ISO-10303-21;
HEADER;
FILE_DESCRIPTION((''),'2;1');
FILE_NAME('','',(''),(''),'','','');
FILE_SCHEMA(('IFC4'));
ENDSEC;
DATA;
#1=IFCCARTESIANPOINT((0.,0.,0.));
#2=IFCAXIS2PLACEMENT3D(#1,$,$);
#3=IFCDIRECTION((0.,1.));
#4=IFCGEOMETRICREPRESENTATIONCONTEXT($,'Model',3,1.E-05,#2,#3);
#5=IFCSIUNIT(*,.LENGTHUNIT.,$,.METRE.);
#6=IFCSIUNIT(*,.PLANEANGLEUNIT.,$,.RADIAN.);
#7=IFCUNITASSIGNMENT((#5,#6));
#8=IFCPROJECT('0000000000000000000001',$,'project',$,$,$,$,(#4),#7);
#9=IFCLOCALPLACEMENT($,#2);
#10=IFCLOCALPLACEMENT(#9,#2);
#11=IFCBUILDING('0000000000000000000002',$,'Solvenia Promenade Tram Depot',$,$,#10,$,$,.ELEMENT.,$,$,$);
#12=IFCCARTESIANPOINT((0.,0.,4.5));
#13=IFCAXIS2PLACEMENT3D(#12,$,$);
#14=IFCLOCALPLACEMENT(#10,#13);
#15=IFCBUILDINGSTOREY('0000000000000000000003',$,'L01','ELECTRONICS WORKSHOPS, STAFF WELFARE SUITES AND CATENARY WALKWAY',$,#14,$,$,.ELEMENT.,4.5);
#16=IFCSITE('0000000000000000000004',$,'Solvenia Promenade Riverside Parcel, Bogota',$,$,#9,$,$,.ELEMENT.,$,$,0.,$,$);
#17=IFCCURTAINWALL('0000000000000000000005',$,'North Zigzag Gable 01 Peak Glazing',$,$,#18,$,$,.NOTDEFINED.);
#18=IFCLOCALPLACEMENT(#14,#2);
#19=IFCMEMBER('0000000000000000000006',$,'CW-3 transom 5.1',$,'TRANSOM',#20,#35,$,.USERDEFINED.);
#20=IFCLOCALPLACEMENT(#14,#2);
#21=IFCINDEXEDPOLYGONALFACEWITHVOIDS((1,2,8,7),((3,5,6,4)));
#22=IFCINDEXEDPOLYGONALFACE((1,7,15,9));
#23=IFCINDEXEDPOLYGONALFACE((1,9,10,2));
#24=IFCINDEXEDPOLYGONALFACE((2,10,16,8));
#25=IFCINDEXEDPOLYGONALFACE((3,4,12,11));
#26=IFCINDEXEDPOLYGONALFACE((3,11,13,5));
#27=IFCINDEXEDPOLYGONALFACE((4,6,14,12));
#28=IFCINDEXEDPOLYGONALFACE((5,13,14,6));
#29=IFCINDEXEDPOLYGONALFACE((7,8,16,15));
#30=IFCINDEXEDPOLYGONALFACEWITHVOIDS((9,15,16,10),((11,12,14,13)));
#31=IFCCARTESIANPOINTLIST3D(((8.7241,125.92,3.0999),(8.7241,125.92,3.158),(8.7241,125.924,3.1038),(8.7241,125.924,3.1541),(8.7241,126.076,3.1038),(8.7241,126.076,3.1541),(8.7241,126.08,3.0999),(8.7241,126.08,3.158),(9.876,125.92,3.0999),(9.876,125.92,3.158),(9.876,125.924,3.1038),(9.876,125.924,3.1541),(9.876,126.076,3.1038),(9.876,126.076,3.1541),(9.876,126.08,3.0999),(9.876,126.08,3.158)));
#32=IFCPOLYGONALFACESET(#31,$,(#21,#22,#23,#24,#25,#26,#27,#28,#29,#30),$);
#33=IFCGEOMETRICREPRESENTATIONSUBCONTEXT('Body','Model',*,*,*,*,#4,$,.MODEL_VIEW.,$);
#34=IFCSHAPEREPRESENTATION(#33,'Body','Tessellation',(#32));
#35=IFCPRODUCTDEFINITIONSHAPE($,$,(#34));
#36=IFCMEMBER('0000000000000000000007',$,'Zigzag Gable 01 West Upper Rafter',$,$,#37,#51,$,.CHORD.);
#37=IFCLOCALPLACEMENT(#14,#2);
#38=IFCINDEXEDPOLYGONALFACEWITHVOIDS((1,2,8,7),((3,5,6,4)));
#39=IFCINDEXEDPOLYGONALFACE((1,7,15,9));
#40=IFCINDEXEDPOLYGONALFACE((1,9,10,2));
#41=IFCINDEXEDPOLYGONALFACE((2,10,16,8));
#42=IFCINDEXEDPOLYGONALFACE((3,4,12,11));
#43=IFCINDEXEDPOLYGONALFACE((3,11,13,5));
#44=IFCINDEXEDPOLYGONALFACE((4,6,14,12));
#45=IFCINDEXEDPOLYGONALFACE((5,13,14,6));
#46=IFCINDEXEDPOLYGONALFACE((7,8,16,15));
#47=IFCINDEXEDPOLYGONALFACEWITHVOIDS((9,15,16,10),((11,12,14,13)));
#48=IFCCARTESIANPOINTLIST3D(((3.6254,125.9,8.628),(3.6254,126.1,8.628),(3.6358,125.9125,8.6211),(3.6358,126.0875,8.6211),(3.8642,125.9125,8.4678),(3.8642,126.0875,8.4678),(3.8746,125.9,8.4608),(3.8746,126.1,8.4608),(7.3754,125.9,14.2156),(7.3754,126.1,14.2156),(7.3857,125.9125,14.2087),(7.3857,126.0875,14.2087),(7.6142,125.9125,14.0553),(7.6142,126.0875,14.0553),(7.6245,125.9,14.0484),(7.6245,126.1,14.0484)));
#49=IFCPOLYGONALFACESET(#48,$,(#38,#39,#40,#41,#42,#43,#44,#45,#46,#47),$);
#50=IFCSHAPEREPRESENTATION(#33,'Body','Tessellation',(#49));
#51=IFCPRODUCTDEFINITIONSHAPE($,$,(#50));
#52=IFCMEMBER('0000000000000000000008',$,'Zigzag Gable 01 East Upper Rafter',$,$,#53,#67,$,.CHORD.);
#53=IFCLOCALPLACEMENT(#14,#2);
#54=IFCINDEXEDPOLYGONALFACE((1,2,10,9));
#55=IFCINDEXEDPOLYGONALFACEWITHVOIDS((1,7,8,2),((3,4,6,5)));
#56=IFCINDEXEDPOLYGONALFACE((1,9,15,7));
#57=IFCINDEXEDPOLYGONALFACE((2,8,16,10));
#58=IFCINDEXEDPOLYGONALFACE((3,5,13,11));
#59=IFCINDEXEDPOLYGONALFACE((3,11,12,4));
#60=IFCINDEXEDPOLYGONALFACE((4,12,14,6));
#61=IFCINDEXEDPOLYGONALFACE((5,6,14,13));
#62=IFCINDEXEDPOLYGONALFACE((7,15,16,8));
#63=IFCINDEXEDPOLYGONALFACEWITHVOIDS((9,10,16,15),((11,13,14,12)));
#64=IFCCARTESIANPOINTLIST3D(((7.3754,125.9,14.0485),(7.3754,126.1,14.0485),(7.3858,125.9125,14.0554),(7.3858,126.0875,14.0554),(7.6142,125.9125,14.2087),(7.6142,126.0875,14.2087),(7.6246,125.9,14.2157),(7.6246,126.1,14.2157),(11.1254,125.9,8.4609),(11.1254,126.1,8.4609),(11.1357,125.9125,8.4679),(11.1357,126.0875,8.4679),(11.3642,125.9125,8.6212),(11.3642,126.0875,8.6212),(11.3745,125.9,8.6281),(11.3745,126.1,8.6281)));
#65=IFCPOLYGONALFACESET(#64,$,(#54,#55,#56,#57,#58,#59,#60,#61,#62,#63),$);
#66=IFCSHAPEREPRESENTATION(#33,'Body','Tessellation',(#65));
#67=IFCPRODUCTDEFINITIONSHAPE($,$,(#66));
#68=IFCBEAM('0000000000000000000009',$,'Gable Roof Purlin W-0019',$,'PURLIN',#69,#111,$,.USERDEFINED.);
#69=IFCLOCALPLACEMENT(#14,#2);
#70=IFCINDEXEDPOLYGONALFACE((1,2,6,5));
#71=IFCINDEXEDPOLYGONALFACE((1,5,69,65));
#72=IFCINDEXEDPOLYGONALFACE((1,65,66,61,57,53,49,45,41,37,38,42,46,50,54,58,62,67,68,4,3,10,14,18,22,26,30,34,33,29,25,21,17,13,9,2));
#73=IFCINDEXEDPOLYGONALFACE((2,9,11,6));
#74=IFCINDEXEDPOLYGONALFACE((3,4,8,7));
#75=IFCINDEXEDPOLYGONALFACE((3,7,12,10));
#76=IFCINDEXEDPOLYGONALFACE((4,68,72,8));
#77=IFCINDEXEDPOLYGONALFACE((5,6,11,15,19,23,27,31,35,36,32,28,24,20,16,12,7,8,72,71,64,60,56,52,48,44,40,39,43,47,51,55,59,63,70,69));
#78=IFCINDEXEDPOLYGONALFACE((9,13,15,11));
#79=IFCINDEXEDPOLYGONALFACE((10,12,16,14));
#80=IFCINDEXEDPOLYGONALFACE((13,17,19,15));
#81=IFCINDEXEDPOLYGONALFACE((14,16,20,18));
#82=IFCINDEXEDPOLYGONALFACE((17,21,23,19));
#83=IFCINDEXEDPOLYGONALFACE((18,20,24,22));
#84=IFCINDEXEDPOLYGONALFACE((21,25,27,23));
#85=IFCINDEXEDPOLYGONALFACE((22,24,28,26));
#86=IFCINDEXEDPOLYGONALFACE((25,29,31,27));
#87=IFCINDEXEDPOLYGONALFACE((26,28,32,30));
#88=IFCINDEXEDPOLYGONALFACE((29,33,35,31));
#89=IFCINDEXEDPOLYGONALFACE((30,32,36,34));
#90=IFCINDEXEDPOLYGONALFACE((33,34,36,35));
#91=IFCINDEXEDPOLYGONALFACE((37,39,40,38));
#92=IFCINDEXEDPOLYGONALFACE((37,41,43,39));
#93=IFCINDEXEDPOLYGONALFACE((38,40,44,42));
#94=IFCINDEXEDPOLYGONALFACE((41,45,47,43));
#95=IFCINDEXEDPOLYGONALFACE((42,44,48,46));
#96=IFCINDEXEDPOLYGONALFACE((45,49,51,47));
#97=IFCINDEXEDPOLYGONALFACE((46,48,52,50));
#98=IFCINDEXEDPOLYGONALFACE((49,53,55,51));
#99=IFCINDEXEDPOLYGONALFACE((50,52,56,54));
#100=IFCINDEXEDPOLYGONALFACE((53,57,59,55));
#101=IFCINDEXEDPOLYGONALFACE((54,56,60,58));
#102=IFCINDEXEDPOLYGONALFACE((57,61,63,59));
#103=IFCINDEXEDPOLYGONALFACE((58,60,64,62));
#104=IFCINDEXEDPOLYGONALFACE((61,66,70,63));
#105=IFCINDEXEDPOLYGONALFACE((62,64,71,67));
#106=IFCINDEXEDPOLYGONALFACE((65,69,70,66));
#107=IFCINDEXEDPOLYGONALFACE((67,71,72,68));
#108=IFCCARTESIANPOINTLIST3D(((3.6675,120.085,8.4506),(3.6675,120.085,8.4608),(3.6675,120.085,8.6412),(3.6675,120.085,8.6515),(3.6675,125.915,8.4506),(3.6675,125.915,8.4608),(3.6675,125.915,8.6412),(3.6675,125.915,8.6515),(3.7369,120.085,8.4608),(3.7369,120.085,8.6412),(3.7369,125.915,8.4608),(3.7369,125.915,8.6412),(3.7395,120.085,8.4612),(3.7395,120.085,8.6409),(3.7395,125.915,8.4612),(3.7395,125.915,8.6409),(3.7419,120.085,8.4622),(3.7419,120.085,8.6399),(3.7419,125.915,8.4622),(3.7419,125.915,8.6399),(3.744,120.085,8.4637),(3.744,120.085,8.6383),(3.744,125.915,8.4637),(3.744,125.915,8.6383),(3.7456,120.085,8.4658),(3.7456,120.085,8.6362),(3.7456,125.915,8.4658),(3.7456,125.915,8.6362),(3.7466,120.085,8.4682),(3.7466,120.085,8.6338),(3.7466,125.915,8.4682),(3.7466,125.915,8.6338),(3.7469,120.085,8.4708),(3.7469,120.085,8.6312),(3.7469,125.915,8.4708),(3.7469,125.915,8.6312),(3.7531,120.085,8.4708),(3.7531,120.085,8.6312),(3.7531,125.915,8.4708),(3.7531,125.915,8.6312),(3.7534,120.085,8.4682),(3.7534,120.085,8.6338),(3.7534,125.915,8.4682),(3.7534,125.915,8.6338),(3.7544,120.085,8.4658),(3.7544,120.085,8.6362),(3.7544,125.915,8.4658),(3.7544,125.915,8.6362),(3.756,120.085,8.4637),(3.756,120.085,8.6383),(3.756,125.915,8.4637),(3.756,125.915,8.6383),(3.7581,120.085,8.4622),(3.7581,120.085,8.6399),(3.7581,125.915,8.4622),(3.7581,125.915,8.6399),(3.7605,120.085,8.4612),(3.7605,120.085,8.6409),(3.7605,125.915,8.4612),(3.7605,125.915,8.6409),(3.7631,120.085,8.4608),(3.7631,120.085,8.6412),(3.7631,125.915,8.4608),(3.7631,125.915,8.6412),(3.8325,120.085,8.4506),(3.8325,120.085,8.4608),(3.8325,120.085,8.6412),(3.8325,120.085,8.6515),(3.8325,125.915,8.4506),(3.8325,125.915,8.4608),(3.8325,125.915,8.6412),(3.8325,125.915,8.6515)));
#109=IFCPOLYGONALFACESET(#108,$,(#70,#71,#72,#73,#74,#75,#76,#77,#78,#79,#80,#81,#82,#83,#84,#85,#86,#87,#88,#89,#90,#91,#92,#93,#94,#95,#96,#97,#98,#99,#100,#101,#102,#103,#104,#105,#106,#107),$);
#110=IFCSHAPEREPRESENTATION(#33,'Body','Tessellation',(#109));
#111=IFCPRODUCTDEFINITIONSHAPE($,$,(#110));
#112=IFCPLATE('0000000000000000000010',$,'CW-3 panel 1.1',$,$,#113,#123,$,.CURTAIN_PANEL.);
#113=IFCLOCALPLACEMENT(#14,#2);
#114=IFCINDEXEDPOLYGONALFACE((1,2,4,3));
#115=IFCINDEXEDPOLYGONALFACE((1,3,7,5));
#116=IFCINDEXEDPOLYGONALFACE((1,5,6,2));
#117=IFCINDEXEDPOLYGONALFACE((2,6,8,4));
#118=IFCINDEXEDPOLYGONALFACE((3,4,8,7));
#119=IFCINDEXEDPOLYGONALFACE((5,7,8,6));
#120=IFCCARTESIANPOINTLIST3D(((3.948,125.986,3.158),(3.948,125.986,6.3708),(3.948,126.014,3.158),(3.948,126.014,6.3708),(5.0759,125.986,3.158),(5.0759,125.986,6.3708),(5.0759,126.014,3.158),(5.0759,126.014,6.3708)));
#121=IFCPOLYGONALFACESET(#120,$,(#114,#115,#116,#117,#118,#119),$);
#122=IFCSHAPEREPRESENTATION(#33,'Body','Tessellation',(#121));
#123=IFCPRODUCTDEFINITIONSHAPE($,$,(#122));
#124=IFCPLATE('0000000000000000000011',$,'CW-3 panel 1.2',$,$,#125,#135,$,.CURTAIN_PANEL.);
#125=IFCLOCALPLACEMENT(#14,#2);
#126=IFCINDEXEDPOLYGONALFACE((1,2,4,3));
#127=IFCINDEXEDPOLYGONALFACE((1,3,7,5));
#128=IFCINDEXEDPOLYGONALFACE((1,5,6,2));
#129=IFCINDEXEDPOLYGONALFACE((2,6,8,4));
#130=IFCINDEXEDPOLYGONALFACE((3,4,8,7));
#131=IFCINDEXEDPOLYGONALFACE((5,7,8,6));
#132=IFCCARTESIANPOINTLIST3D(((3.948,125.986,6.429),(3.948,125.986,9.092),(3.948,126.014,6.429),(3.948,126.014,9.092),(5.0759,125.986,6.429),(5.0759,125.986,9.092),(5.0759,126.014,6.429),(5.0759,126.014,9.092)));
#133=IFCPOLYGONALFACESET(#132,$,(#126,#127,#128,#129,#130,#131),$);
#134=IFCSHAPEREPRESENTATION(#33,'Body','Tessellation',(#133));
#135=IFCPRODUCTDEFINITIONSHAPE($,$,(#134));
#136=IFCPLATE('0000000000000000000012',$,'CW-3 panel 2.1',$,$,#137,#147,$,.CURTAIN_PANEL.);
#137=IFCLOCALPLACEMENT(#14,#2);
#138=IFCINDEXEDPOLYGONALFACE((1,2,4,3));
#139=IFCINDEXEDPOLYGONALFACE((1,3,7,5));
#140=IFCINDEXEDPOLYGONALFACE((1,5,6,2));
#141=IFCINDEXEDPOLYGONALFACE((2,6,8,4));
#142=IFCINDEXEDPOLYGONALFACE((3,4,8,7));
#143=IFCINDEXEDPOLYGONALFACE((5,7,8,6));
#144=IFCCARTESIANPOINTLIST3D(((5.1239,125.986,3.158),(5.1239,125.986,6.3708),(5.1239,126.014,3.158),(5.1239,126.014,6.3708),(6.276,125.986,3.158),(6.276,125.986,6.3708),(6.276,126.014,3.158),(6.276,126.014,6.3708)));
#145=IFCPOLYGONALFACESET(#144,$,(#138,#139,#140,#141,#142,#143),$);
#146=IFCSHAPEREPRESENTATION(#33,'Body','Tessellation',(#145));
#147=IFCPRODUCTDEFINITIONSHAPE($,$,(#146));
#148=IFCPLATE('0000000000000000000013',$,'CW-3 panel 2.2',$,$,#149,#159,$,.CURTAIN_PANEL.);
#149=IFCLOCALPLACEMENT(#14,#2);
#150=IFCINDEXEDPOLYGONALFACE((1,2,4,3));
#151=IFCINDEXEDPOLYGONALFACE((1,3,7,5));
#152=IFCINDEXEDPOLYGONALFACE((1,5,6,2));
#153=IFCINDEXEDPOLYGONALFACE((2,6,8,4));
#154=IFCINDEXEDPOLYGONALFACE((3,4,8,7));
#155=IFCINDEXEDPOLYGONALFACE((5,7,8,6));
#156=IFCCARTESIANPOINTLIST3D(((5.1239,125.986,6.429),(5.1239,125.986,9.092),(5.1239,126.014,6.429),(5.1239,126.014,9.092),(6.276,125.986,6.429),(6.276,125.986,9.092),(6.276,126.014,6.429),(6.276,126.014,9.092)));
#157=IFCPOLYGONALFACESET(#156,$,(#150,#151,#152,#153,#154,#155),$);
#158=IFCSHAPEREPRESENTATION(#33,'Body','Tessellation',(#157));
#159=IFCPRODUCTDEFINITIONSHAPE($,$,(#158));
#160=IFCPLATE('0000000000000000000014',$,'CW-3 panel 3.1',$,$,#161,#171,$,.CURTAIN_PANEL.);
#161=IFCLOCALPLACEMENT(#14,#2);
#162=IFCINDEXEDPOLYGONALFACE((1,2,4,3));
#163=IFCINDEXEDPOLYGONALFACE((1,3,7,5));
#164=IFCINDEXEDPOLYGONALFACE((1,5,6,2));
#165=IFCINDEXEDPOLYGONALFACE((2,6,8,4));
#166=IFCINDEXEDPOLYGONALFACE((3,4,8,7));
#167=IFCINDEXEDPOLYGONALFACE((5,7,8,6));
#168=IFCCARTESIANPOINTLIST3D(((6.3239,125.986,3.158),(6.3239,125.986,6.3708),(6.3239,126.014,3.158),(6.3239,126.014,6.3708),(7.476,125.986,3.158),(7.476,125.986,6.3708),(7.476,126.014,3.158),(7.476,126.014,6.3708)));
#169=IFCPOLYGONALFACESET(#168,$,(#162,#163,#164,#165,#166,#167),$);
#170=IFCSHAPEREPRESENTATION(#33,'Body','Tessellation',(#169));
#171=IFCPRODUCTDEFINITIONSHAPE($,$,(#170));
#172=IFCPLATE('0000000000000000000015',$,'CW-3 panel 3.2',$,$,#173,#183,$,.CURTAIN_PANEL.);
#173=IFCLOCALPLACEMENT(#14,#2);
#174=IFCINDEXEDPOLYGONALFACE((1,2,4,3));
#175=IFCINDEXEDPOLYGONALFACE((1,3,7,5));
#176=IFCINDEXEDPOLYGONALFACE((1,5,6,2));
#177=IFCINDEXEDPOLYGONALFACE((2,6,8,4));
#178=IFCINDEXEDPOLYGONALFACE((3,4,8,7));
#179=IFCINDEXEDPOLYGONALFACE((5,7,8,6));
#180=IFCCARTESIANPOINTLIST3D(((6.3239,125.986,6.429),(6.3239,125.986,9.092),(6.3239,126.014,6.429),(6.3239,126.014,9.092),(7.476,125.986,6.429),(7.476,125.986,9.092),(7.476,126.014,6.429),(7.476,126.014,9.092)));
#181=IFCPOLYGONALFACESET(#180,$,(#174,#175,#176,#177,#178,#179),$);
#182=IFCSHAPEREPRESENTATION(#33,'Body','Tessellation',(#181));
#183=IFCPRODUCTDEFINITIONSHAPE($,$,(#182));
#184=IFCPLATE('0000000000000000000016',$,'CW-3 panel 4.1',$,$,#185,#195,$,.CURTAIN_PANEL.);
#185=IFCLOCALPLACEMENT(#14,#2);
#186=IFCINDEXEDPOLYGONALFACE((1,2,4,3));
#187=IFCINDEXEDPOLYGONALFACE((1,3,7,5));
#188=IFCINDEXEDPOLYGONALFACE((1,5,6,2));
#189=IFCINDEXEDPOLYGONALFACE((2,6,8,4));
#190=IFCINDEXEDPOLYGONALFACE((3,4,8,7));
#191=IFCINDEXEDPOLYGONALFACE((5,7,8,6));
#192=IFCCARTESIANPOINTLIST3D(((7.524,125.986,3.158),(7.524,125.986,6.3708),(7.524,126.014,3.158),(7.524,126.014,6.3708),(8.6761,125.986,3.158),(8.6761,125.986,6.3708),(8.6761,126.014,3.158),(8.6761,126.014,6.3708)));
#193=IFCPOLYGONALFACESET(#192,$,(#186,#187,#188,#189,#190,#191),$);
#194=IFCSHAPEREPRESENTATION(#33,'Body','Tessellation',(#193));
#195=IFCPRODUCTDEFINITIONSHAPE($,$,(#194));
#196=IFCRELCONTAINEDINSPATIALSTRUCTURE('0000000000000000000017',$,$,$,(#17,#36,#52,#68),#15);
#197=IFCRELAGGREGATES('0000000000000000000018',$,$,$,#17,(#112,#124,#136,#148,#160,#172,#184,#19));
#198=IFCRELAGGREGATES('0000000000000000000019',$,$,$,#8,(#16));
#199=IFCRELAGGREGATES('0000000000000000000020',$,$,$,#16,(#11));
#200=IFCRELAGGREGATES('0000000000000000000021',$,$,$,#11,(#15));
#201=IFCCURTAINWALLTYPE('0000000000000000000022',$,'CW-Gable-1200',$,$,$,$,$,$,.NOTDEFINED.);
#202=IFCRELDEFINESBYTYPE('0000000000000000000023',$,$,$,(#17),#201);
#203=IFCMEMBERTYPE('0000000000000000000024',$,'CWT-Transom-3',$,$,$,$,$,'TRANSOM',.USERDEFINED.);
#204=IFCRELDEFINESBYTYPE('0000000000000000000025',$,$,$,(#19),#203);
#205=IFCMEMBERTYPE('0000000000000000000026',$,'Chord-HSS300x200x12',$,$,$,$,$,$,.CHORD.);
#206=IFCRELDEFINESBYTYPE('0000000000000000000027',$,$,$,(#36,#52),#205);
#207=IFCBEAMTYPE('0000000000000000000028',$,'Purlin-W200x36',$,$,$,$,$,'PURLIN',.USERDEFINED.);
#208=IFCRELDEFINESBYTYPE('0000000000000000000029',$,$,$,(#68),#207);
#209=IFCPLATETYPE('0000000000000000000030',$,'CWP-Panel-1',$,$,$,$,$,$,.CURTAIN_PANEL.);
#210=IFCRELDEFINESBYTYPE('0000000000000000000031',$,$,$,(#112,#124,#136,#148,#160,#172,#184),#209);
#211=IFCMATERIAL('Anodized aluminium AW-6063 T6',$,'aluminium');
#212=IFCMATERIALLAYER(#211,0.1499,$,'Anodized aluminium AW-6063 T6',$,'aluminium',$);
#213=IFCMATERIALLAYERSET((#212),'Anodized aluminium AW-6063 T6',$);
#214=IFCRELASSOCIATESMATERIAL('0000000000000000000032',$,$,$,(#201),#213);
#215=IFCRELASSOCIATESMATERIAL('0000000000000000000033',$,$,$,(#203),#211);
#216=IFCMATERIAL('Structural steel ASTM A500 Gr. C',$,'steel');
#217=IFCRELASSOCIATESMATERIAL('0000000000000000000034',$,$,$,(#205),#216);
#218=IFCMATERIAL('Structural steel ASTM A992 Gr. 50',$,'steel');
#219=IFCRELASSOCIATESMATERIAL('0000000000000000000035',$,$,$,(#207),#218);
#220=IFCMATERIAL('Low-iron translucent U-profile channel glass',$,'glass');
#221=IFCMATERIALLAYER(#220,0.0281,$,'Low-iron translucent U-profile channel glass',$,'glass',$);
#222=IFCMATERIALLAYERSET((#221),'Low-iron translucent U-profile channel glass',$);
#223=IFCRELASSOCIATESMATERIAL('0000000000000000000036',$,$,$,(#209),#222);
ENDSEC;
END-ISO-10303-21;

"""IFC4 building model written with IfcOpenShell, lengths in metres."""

from ifc_helpers import new_model, si_unit, direction, frame, origin, origin_2d, place, context, subcontext, project, spatial, rectangle, hollow_rectangle, i_section, extrude, material, layer, layer_set, material_profile, profile_set, type_object, element, aggregate, save


model = new_model("IFC4")

# Units and contexts
model_context = context("Model", 3, precision=1e-05, world=origin(), true_north=direction((0.0, 1.0)))
body_context = subcontext(model_context, "Body", "Model", "MODEL_VIEW")
ifc_project = project(units=[si_unit("LENGTHUNIT", "METRE"), si_unit("PLANEANGLEUNIT", "RADIAN")], contexts=[model_context])

# Site, building, storey
site_placement = place(None, origin())
site = spatial("IfcSite", under=ifc_project, at=site_placement, Name="Solvenia Promenade Riverside Parcel, Bogota", CompositionType="ELEMENT", RefElevation=0.0)
building_placement = place(site_placement, origin())
building = spatial("IfcBuilding", under=site, at=building_placement, Name="Solvenia Promenade Tram Depot", CompositionType="ELEMENT")
storey_placement = place(building_placement, frame((0.0, 0.0, 4.5)))
storey = spatial("IfcBuildingStorey", under=building, at=storey_placement, Name="L01", Description="ELECTRONICS WORKSHOPS, STAFF WELFARE SUITES AND CATENARY WALKWAY", CompositionType="ELEMENT", Elevation=4.5)

# Curtain wall, member
ifc_material_1 = material(Name="Anodized aluminium AW-6063 T6", Category="aluminium")
ifc_layer_1 = layer(ifc_material_1, 0.1499, Name="Anodized aluminium AW-6063 T6", Category="aluminium")
ifc_layer_set_1 = layer_set([ifc_layer_1], Name="Anodized aluminium AW-6063 T6")
curtain_wall_type = type_object("IfcCurtainWallType", Name="CW-Gable-1200", PredefinedType="NOTDEFINED", material=ifc_layer_set_1)
curtain_wall_placement = place(storey_placement, origin())
curtain_wall = element("IfcCurtainWall", 1, at=curtain_wall_placement, inside=storey, type_object=curtain_wall_type, Name="North Zigzag Gable 01 Peak Glazing", PredefinedType="NOTDEFINED")
ifc_material_profile_1 = material_profile(ifc_material_1, hollow_rectangle(XDim=0.1599, YDim=0.0581, WallThickness=0.0039, at=origin_2d()), Name="ALU-T3", Category="aluminium")
ifc_profile_set_1 = profile_set([ifc_material_profile_1], Name="Anodized aluminium AW-6063 T6")
member_type_1 = type_object("IfcMemberType", Name="CWT-Transom-3", ElementType="TRANSOM", PredefinedType="USERDEFINED", material=ifc_profile_set_1)
member_1_placement = place(storey_placement, frame((8.7241, 126.0, 3.1289), z_axis=(1.0, 0.0, 0.0), x_axis=(0.0, 1.0, 0.0)))
member_1 = element("IfcMember", 2, at=member_1_placement, type_object=member_type_1, Name="CW-3 transom 5.1", ObjectType="TRANSOM", PredefinedType="USERDEFINED", context=body_context, shape_type="SweptSolid", body=[
    extrude(hollow_rectangle(XDim=0.1599, YDim=0.0581, WallThickness=0.0039, at=origin_2d()), origin(), (0.0, 0.0, 1.0), 1.1519),
])

# Members
ifc_material_2 = material(Name="Structural steel ASTM A500 Gr. C", Category="steel")
ifc_material_profile_2 = material_profile(ifc_material_2, hollow_rectangle(XDim=0.2, YDim=0.3, WallThickness=0.0125, at=origin_2d()), Name="HSS300x200x12.5", Category="steel")
ifc_profile_set_2 = profile_set([ifc_material_profile_2], Name="Structural steel ASTM A500 Gr. C")
member_type_2 = type_object("IfcMemberType", Name="Chord-HSS300x200x12", PredefinedType="CHORD", material=ifc_profile_set_2)
for number, where, z_axis, x_axis, name in (
    (3, (3.75, 126.0, 8.5444), (0.557259, 0.0, 0.830338), (0.0, 1.0, 0.0), "Zigzag Gable 01 West Upper Rafter"),
    (4, (7.5, 126.0, 14.1321), (0.557259, 0.0, -0.830338), (0.0, 1.0, 0.0), "Zigzag Gable 01 East Upper Rafter"),
):
    element("IfcMember", number, at=place(storey_placement, frame(where, z_axis=z_axis, x_axis=x_axis)), inside=storey, type_object=member_type_2, Name=name, PredefinedType="CHORD", context=body_context, shape_type="SweptSolid", body=[
        extrude(hollow_rectangle(XDim=0.2, YDim=0.3, WallThickness=0.0125, at=origin_2d()), origin(), (0.0, 0.0, 1.0), 6.7292),
    ])

# Beam
ifc_material_3 = material(Name="Structural steel ASTM A992 Gr. 50", Category="steel")
ifc_material_profile_3 = material_profile(ifc_material_3, i_section(OverallWidth=0.165, OverallDepth=0.2009, WebThickness=0.0061, FlangeThickness=0.0103, FilletRadius=0.01, at=origin_2d()), Name="W200x36", Category="steel")
ifc_profile_set_3 = profile_set([ifc_material_profile_3], Name="Structural steel ASTM A992 Gr. 50")
beam_type = type_object("IfcBeamType", Name="Purlin-W200x36", ElementType="PURLIN", PredefinedType="USERDEFINED", material=ifc_profile_set_3)
beam_placement = place(storey_placement, frame((3.75, 120.085, 8.551), z_axis=(0.0, 1.0, 0.0), x_axis=(-1.0, 0.0, 0.0)))
element("IfcBeam", 5, at=beam_placement, inside=storey, type_object=beam_type, Name="Gable Roof Purlin W-0019", ObjectType="PURLIN", PredefinedType="USERDEFINED", context=body_context, shape_type="SweptSolid", body=[
    extrude(i_section(OverallWidth=0.165, OverallDepth=0.2009, WebThickness=0.0061, FlangeThickness=0.0103, FilletRadius=0.01, at=origin_2d()), origin(), (0.0, 0.0, 1.0), 5.8301),
])

# Plates
ifc_material_4 = material(Name="Low-iron translucent U-profile channel glass", Category="glass")
ifc_layer_2 = layer(ifc_material_4, 0.0281, Name="Low-iron translucent U-profile channel glass", Category="glass")
ifc_layer_set_2 = layer_set([ifc_layer_2], Name="Low-iron translucent U-profile channel glass")
plate_type_1 = type_object("IfcPlateType", Name="CWP-Panel-1", PredefinedType="CURTAIN_PANEL", material=ifc_layer_set_2)
plate_1_placement = place(storey_placement, frame((4.512, 126.0, 3.158), z_axis=(0.0, 0.0, 1.0), x_axis=(1.0, 0.0, 0.0)))
plate_1 = element("IfcPlate", 6, at=plate_1_placement, type_object=plate_type_1, Name="CW-3 panel 1.1", PredefinedType="CURTAIN_PANEL", context=body_context, shape_type="SweptSolid", body=[
    extrude(rectangle(XDim=1.1279, YDim=0.0281, at=origin_2d()), origin(), (0.0, 0.0, 1.0), 3.2129),
])
plate_2_placement = place(storey_placement, frame((4.512, 126.0, 6.429), z_axis=(0.0, 0.0, 1.0), x_axis=(1.0, 0.0, 0.0)))
plate_2 = element("IfcPlate", 7, at=plate_2_placement, type_object=plate_type_1, Name="CW-3 panel 1.2", PredefinedType="CURTAIN_PANEL", context=body_context, shape_type="SweptSolid", body=[
    extrude(rectangle(XDim=1.1279, YDim=0.0281, at=origin_2d()), origin(), (0.0, 0.0, 1.0), 2.6631),
])
plate_3_placement = place(storey_placement, frame((5.7, 126.0, 3.158), z_axis=(0.0, 0.0, 1.0), x_axis=(1.0, 0.0, 0.0)))
plate_3 = element("IfcPlate", 8, at=plate_3_placement, type_object=plate_type_1, Name="CW-3 panel 2.1", PredefinedType="CURTAIN_PANEL", context=body_context, shape_type="SweptSolid", body=[
    extrude(rectangle(XDim=1.1521, YDim=0.0281, at=origin_2d()), origin(), (0.0, 0.0, 1.0), 3.2129),
])
plate_4_placement = place(storey_placement, frame((5.7, 126.0, 6.429), z_axis=(0.0, 0.0, 1.0), x_axis=(1.0, 0.0, 0.0)))
plate_4 = element("IfcPlate", 9, at=plate_4_placement, type_object=plate_type_1, Name="CW-3 panel 2.2", PredefinedType="CURTAIN_PANEL", context=body_context, shape_type="SweptSolid", body=[
    extrude(rectangle(XDim=1.1521, YDim=0.0281, at=origin_2d()), origin(), (0.0, 0.0, 1.0), 2.6631),
])
plate_5_placement = place(storey_placement, frame((6.8999, 126.0, 3.158), z_axis=(0.0, 0.0, 1.0), x_axis=(1.0, 0.0, 0.0)))
plate_5 = element("IfcPlate", 10, at=plate_5_placement, type_object=plate_type_1, Name="CW-3 panel 3.1", PredefinedType="CURTAIN_PANEL", context=body_context, shape_type="SweptSolid", body=[
    extrude(rectangle(XDim=1.1521, YDim=0.0281, at=origin_2d()), origin(), (0.0, 0.0, 1.0), 3.2129),
])
plate_6_placement = place(storey_placement, frame((6.8999, 126.0, 6.429), z_axis=(0.0, 0.0, 1.0), x_axis=(1.0, 0.0, 0.0)))
plate_6 = element("IfcPlate", 11, at=plate_6_placement, type_object=plate_type_1, Name="CW-3 panel 3.2", PredefinedType="CURTAIN_PANEL", context=body_context, shape_type="SweptSolid", body=[
    extrude(rectangle(XDim=1.1521, YDim=0.0281, at=origin_2d()), origin(), (0.0, 0.0, 1.0), 2.6631),
])
plate_7_placement = place(storey_placement, frame((8.1001, 126.0, 3.158), z_axis=(0.0, 0.0, 1.0), x_axis=(1.0, 0.0, 0.0)))
plate_7 = element("IfcPlate", 12, at=plate_7_placement, type_object=plate_type_1, Name="CW-3 panel 4.1", PredefinedType="CURTAIN_PANEL", context=body_context, shape_type="SweptSolid", body=[
    extrude(rectangle(XDim=1.1521, YDim=0.0281, at=origin_2d()), origin(), (0.0, 0.0, 1.0), 3.2129),
])
aggregate(curtain_wall, [plate_1, plate_2, plate_3, plate_4, plate_5, plate_6, plate_7, member_1])

save(model, "model.ifc")
